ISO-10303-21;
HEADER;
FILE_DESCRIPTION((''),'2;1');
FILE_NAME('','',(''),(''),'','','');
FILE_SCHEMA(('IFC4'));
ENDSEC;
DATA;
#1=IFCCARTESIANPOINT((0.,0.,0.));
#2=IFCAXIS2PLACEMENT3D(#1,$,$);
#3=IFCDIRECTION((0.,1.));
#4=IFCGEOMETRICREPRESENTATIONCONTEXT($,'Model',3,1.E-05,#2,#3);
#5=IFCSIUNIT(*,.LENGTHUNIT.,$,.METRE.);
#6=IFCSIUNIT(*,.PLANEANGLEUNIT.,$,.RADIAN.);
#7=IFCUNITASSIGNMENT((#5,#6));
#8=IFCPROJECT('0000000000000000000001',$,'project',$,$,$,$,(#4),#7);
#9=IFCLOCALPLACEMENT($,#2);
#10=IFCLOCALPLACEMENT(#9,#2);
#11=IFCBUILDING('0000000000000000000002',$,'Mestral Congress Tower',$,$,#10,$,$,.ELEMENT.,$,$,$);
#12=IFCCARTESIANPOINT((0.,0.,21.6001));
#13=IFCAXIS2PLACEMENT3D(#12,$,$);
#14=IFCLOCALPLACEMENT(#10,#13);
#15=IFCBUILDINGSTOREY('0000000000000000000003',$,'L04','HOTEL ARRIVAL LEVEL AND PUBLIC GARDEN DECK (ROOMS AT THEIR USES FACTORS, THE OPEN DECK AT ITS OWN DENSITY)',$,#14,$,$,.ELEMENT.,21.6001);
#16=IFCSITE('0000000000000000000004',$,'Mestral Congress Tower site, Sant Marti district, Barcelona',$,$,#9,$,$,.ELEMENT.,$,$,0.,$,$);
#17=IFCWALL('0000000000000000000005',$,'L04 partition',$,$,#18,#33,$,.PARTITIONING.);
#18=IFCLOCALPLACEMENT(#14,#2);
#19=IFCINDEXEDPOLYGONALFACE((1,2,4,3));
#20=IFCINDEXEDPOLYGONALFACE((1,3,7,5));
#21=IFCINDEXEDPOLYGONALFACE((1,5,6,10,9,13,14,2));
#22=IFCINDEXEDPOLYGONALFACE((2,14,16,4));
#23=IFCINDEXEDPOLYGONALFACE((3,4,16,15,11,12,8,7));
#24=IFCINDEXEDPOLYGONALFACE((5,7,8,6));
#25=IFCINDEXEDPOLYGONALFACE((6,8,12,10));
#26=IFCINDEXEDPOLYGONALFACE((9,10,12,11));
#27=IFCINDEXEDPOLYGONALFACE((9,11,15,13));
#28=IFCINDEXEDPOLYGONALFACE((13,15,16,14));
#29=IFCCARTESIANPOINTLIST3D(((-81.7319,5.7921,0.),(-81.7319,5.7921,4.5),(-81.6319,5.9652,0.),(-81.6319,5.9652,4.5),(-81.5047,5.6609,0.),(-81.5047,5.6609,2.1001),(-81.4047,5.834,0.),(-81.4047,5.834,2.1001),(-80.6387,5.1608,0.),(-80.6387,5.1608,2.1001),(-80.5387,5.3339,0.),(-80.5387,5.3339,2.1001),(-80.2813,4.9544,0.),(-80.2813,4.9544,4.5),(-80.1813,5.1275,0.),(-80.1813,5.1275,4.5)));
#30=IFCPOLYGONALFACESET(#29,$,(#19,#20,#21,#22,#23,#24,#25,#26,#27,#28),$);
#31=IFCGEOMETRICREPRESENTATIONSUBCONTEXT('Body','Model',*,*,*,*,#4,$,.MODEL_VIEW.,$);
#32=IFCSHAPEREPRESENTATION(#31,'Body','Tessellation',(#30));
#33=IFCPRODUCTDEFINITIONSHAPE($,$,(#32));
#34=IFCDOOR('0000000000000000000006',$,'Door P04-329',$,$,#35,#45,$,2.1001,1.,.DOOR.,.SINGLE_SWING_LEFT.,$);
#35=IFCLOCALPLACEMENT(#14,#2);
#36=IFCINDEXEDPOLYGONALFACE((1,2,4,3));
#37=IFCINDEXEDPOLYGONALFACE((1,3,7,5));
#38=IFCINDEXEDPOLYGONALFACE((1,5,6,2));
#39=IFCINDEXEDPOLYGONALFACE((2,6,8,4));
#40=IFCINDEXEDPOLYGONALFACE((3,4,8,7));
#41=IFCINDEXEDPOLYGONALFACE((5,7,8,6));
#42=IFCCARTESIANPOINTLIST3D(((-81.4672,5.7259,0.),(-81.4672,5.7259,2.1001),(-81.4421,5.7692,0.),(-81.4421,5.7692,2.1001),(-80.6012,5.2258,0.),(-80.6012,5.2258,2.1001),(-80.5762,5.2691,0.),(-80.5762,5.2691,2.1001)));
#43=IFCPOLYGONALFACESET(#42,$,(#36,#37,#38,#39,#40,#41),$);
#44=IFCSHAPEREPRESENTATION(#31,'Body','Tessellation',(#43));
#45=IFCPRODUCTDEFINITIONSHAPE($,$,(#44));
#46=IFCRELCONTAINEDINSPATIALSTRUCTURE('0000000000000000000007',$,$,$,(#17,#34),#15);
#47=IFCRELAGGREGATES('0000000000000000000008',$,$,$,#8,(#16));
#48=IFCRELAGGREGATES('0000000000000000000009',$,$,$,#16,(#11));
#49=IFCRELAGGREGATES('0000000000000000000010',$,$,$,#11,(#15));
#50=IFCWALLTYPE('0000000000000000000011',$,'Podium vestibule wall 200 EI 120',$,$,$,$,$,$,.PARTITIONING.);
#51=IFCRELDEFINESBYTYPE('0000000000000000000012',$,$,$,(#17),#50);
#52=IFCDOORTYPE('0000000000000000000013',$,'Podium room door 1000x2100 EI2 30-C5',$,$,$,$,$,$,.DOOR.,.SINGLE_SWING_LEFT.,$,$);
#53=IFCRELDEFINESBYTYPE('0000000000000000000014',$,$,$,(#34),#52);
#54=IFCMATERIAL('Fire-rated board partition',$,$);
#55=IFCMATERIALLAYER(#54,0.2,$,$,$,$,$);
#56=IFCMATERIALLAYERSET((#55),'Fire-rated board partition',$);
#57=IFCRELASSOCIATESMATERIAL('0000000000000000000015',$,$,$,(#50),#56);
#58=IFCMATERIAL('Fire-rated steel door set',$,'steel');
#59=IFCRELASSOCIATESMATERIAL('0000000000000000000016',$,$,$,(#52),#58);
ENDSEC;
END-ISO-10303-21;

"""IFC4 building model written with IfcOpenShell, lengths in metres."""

from ifc_helpers import new_model, si_unit, direction, frame, frame_2d, origin, place, context, subcontext, project, spatial, rectangle, extrude, material, layer, layer_set, type_object, element, fill, save


model = new_model("IFC4")

# Units and contexts
model_context = context("Model", 3, precision=1e-05, world=origin(), true_north=direction((0.0, 1.0)))
body_context = subcontext(model_context, "Body", "Model", "MODEL_VIEW")
ifc_project = project(units=[si_unit("LENGTHUNIT", "METRE"), si_unit("PLANEANGLEUNIT", "RADIAN")], contexts=[model_context])

# Site, building, storey
site_placement = place(None, origin())
site = spatial("IfcSite", under=ifc_project, at=site_placement, Name="Mestral Congress Tower site, Sant Marti district, Barcelona", CompositionType="ELEMENT", RefElevation=0.0)
building_placement = place(site_placement, origin())
building = spatial("IfcBuilding", under=site, at=building_placement, Name="Mestral Congress Tower", CompositionType="ELEMENT")
storey_placement = place(building_placement, frame((0.0, 0.0, 21.6001)))
storey = spatial("IfcBuildingStorey", under=building, at=storey_placement, Name="L04", Description="HOTEL ARRIVAL LEVEL AND PUBLIC GARDEN DECK (ROOMS AT THEIR USES FACTORS, THE OPEN DECK AT ITS OWN DENSITY)", CompositionType="ELEMENT", Elevation=21.6001)

# Shared definitions
ifc_material_1 = material(Name="Fire-rated steel door set", Category="steel")

# Shared definitions
ifc_material_2 = material(Name="Fire-rated board partition")
ifc_layer_1 = layer(ifc_material_2, 0.2)
ifc_layer_set_1 = layer_set([ifc_layer_1], Name="Fire-rated board partition")
wall_type_1 = type_object("IfcWallType", Name="Podium vestibule wall 200 EI 120", PredefinedType="PARTITIONING", material=ifc_layer_set_1)

# Wall, opening, door
door_type_1 = type_object("IfcDoorType", Name="Podium room door 1000x2100 EI2 30-C5", OperationType="SINGLE_SWING_LEFT", PredefinedType="DOOR", material=ifc_material_1)
wall_1_placement = place(storey_placement, frame((-80.2314, 5.041, 0.0), z_axis=(0.0, 0.0, 1.0), x_axis=(-0.865965, 0.500105, 0.0)))
wall_1 = element("IfcWall", 1, at=wall_1_placement, inside=storey, type_object=wall_type_1, Name="L04 partition", PredefinedType="PARTITIONING", context=body_context, shape_type="SweptSolid", body=[
    extrude(rectangle(XDim=1.675, YDim=0.2, at=frame_2d((0.8374, 0.0))), origin(), (0.0, 0.0, 1.0), 4.5),
])
opening_1_placement = place(wall_1_placement, frame((0.4126, 0.0, 0.0)))
opening_1 = element("IfcOpeningElement", 2, at=opening_1_placement, cuts=wall_1, PredefinedType="OPENING", context=body_context, shape_type="SweptSolid", body=[
    extrude(rectangle(XDim=1.0, YDim=2.1001, at=frame_2d((0.5, 1.05))), frame((0.0, 0.1099, 0.0), z_axis=(0.0, -1.0, 0.0), x_axis=(1.0, 0.0, 0.0)), (0.0, 0.0, 1.0), 0.22),
])
door_1_placement = place(opening_1_placement, origin())
door_1 = element("IfcDoor", 3, at=door_1_placement, inside=storey, type_object=door_type_1, Name="Door P04-329", OperationType="SINGLE_SWING_LEFT", OverallHeight=2.1001, OverallWidth=1.0, PredefinedType="DOOR", context=body_context, shape_type="SweptSolid", body=[
    extrude(rectangle(XDim=1.0, YDim=2.1001, at=frame_2d((0.5, 1.05))), frame((0.0, 0.0249, 0.0), z_axis=(0.0, -1.0, 0.0), x_axis=(1.0, 0.0, 0.0)), (0.0, 0.0, 1.0), 0.05),
])
fill(opening_1, door_1)

save(model, "model.ifc")
